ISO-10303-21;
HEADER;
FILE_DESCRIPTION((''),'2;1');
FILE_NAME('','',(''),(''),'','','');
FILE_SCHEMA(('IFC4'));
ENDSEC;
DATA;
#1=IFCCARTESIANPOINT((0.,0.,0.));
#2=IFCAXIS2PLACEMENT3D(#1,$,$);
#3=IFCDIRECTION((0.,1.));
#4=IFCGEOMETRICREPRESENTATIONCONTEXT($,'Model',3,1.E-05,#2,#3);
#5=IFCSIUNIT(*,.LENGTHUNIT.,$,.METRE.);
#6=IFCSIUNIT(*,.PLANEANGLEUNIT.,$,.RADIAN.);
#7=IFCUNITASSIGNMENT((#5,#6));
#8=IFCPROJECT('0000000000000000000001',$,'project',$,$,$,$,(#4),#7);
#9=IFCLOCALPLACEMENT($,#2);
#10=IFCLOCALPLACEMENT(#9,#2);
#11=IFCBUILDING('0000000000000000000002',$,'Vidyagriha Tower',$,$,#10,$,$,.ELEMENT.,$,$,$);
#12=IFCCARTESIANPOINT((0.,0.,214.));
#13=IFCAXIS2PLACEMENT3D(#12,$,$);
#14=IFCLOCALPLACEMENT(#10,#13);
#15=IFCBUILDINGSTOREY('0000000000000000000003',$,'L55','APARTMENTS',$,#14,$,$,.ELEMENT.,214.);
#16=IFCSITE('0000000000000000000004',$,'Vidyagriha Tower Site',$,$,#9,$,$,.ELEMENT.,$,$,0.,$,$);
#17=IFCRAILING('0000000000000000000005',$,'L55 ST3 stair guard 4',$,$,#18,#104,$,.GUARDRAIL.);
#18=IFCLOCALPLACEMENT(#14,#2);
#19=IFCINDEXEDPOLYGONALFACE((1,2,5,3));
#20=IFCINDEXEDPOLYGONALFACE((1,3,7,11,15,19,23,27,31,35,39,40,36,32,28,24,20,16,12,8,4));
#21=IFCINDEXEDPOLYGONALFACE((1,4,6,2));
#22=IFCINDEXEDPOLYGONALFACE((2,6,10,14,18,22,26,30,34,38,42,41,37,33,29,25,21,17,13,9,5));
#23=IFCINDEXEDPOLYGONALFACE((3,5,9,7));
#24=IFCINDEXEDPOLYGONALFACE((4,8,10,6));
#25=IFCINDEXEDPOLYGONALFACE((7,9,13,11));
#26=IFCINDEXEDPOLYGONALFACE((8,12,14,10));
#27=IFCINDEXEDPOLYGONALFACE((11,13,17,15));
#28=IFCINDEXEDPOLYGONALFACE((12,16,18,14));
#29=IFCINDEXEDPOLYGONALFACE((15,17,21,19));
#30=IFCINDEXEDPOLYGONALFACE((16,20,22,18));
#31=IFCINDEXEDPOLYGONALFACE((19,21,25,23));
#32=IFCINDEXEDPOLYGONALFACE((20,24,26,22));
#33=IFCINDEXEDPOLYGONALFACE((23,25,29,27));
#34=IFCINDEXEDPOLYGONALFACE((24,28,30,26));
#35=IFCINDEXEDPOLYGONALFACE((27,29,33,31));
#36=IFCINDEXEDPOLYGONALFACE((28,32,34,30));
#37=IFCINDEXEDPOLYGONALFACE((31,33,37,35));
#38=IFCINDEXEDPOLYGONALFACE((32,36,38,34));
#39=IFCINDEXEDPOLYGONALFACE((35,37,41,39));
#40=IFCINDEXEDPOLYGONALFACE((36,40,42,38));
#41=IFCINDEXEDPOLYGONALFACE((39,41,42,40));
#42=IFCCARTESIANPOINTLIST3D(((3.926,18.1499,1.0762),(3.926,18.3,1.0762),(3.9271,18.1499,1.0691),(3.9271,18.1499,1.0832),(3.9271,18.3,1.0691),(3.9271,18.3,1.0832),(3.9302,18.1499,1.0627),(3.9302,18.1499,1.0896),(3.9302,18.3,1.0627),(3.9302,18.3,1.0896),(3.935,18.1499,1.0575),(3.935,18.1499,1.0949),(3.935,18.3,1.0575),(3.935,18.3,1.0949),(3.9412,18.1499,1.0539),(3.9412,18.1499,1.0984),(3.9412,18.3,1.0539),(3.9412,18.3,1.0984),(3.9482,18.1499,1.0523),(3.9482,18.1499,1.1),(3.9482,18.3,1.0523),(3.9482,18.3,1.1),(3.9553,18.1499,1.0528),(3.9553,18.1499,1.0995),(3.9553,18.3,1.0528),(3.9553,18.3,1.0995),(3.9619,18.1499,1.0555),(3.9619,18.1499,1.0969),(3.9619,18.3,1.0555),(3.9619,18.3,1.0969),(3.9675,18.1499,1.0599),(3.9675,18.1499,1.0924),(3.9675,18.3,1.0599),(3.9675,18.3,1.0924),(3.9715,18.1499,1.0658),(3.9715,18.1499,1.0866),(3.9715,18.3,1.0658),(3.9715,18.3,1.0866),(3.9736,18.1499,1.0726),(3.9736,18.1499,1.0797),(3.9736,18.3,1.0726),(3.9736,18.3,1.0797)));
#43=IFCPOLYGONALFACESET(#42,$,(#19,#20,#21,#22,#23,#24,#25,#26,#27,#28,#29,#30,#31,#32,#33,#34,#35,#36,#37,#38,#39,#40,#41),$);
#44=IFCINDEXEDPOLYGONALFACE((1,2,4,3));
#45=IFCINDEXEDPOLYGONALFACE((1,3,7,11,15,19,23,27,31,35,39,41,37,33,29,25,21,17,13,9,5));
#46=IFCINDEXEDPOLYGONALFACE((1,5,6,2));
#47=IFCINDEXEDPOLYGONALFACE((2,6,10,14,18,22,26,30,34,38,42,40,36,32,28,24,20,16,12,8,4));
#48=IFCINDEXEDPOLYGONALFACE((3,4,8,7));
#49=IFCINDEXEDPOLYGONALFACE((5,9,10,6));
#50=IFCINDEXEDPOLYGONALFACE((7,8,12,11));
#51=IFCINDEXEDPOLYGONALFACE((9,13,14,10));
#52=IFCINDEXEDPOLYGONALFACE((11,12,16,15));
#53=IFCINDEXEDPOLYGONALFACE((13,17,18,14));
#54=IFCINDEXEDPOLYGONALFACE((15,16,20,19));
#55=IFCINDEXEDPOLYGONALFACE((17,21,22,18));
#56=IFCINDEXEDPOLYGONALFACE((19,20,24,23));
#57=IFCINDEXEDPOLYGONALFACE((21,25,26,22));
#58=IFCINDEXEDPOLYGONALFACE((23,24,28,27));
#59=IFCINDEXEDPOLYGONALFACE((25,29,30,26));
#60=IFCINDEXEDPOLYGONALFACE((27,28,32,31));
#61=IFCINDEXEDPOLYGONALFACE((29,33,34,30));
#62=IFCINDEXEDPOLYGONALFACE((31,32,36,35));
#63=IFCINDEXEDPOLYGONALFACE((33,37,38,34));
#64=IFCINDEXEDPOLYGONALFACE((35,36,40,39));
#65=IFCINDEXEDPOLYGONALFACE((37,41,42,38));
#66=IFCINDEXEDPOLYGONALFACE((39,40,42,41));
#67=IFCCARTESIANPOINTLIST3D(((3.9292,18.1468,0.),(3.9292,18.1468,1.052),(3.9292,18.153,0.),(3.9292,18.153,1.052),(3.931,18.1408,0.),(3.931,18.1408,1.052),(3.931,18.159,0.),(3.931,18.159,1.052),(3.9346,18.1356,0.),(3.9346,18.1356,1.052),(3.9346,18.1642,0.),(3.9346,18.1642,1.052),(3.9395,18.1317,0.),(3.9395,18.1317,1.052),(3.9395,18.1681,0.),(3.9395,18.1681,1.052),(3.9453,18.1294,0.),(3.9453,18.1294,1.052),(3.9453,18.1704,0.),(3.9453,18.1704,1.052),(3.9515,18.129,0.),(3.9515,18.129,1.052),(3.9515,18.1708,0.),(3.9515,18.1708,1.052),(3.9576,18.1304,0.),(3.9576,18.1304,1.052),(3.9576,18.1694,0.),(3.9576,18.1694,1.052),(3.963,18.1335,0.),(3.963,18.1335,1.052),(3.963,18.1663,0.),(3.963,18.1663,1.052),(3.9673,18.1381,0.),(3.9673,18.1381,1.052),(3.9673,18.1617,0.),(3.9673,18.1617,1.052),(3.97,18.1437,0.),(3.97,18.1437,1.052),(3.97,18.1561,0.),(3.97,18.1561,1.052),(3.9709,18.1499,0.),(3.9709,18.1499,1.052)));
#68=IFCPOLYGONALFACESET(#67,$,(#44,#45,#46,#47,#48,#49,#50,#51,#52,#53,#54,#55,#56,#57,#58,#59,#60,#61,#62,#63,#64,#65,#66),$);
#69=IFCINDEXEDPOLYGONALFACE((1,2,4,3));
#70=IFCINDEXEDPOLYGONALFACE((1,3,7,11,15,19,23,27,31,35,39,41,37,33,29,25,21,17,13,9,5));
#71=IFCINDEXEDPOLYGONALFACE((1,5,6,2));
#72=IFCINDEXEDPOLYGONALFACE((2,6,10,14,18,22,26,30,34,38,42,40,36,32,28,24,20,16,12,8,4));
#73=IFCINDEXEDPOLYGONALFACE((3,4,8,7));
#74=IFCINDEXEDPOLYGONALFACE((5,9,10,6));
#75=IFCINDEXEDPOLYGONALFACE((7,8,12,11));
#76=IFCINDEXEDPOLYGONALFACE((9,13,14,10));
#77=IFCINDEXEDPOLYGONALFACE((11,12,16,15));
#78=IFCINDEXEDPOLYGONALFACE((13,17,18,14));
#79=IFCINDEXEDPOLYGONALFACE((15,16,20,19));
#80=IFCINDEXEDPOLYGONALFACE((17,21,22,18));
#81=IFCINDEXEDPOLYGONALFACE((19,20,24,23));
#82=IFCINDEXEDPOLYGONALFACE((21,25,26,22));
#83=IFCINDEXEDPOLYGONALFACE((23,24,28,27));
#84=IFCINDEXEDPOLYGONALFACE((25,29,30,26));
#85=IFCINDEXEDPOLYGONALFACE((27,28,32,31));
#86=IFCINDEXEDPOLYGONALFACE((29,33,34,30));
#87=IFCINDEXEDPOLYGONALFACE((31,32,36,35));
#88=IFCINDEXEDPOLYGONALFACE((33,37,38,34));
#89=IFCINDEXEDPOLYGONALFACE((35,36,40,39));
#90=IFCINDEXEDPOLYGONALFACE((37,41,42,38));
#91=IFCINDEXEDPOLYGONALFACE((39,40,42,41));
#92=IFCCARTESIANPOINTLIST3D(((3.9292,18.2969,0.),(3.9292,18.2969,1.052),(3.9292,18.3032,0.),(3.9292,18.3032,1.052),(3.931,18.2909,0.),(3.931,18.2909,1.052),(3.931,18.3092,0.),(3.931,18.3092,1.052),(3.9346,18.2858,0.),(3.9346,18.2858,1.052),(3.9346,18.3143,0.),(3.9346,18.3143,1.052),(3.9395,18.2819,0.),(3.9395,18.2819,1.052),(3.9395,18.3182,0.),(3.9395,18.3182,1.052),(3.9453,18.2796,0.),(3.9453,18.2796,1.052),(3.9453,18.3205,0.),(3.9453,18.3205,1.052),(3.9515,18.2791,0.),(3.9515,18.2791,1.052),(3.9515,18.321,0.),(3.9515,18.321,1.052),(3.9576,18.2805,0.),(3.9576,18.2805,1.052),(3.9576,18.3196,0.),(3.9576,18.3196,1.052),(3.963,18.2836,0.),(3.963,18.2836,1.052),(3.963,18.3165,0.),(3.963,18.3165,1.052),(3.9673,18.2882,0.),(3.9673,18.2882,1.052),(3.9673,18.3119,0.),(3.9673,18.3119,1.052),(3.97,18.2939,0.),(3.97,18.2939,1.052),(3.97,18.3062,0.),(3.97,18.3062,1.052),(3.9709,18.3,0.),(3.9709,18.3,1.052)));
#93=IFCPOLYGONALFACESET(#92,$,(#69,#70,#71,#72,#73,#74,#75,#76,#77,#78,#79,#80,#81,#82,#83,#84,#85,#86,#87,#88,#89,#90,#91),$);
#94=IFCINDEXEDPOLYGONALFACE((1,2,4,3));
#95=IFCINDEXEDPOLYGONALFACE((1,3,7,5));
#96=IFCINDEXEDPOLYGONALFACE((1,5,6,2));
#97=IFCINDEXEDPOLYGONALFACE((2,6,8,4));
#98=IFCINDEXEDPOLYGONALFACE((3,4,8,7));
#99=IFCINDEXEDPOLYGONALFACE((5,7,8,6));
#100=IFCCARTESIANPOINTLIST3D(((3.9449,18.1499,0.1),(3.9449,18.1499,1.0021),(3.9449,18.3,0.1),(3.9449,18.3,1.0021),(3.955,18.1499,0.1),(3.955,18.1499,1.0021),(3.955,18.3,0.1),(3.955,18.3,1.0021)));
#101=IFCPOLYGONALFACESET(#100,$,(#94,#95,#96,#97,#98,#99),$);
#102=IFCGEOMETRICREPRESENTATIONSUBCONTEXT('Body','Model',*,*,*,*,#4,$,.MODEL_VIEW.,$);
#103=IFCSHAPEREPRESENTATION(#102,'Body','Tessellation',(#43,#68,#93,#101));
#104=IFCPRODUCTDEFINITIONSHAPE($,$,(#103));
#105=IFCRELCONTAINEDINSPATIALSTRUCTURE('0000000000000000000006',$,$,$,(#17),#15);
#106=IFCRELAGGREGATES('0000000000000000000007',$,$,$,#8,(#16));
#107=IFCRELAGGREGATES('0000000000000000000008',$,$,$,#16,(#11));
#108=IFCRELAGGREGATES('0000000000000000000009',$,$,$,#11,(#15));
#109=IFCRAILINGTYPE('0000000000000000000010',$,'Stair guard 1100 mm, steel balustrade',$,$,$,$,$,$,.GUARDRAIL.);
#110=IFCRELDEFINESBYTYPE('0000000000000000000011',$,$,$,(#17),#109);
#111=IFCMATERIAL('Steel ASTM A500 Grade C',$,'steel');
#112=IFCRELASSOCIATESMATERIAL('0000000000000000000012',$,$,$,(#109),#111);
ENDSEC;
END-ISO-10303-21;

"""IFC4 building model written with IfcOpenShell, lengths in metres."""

from ifc_helpers import new_model, si_unit, direction, frame, origin, origin_2d, place, context, subcontext, project, spatial, rectangle, circle, extrude, material, type_object, element, save


model = new_model("IFC4")

# Units and contexts
model_context = context("Model", 3, precision=1e-05, world=origin(), true_north=direction((0.0, 1.0)))
body_context = subcontext(model_context, "Body", "Model", "MODEL_VIEW")
ifc_project = project(units=[si_unit("LENGTHUNIT", "METRE"), si_unit("PLANEANGLEUNIT", "RADIAN")], contexts=[model_context])

# Site, building, storey
site_placement = place(None, origin())
site = spatial("IfcSite", under=ifc_project, at=site_placement, Name="Vidyagriha Tower Site", CompositionType="ELEMENT", RefElevation=0.0)
building_placement = place(site_placement, origin())
building = spatial("IfcBuilding", under=site, at=building_placement, Name="Vidyagriha Tower", CompositionType="ELEMENT")
storey_placement = place(building_placement, frame((0.0, 0.0, 214.0)))
storey = spatial("IfcBuildingStorey", under=building, at=storey_placement, Name="L55", Description="APARTMENTS", CompositionType="ELEMENT", Elevation=214.0)

# Railing
ifc_material_1 = material(Name="Steel ASTM A500 Grade C", Category="steel")
railing_type_1 = type_object("IfcRailingType", Name="Stair guard 1100 mm, steel balustrade", PredefinedType="GUARDRAIL", material=ifc_material_1)
railing_1_placement = place(storey_placement, frame((3.95, 18.1499, 0.0)))
element("IfcRailing", 1, at=railing_1_placement, inside=storey, type_object=railing_type_1, Name="L55 ST3 stair guard 4", PredefinedType="GUARDRAIL", context=body_context, shape_type="SweptSolid", body=[
    extrude(circle(Radius=0.0239, at=origin_2d()), frame((0.0, 0.0, 1.0762), z_axis=(0.0, 1.0, 0.0), x_axis=(-1.0, 0.0, 0.0)), (0.0, 0.0, 1.0), 0.1501),
    extrude(circle(Radius=0.021, at=origin_2d()), origin(), (0.0, 0.0, 1.0), 1.052),
    extrude(circle(Radius=0.021, at=origin_2d()), frame((0.0, 0.1501, 0.0)), (0.0, 0.0, 1.0), 1.052),
    extrude(rectangle(XDim=0.01, YDim=0.9021, at=origin_2d()), frame((0.0, 0.0, 0.551), z_axis=(0.0, 1.0, 0.0), x_axis=(-1.0, 0.0, 0.0)), (0.0, 0.0, 1.0), 0.1501),
])

save(model, "model.ifc")
